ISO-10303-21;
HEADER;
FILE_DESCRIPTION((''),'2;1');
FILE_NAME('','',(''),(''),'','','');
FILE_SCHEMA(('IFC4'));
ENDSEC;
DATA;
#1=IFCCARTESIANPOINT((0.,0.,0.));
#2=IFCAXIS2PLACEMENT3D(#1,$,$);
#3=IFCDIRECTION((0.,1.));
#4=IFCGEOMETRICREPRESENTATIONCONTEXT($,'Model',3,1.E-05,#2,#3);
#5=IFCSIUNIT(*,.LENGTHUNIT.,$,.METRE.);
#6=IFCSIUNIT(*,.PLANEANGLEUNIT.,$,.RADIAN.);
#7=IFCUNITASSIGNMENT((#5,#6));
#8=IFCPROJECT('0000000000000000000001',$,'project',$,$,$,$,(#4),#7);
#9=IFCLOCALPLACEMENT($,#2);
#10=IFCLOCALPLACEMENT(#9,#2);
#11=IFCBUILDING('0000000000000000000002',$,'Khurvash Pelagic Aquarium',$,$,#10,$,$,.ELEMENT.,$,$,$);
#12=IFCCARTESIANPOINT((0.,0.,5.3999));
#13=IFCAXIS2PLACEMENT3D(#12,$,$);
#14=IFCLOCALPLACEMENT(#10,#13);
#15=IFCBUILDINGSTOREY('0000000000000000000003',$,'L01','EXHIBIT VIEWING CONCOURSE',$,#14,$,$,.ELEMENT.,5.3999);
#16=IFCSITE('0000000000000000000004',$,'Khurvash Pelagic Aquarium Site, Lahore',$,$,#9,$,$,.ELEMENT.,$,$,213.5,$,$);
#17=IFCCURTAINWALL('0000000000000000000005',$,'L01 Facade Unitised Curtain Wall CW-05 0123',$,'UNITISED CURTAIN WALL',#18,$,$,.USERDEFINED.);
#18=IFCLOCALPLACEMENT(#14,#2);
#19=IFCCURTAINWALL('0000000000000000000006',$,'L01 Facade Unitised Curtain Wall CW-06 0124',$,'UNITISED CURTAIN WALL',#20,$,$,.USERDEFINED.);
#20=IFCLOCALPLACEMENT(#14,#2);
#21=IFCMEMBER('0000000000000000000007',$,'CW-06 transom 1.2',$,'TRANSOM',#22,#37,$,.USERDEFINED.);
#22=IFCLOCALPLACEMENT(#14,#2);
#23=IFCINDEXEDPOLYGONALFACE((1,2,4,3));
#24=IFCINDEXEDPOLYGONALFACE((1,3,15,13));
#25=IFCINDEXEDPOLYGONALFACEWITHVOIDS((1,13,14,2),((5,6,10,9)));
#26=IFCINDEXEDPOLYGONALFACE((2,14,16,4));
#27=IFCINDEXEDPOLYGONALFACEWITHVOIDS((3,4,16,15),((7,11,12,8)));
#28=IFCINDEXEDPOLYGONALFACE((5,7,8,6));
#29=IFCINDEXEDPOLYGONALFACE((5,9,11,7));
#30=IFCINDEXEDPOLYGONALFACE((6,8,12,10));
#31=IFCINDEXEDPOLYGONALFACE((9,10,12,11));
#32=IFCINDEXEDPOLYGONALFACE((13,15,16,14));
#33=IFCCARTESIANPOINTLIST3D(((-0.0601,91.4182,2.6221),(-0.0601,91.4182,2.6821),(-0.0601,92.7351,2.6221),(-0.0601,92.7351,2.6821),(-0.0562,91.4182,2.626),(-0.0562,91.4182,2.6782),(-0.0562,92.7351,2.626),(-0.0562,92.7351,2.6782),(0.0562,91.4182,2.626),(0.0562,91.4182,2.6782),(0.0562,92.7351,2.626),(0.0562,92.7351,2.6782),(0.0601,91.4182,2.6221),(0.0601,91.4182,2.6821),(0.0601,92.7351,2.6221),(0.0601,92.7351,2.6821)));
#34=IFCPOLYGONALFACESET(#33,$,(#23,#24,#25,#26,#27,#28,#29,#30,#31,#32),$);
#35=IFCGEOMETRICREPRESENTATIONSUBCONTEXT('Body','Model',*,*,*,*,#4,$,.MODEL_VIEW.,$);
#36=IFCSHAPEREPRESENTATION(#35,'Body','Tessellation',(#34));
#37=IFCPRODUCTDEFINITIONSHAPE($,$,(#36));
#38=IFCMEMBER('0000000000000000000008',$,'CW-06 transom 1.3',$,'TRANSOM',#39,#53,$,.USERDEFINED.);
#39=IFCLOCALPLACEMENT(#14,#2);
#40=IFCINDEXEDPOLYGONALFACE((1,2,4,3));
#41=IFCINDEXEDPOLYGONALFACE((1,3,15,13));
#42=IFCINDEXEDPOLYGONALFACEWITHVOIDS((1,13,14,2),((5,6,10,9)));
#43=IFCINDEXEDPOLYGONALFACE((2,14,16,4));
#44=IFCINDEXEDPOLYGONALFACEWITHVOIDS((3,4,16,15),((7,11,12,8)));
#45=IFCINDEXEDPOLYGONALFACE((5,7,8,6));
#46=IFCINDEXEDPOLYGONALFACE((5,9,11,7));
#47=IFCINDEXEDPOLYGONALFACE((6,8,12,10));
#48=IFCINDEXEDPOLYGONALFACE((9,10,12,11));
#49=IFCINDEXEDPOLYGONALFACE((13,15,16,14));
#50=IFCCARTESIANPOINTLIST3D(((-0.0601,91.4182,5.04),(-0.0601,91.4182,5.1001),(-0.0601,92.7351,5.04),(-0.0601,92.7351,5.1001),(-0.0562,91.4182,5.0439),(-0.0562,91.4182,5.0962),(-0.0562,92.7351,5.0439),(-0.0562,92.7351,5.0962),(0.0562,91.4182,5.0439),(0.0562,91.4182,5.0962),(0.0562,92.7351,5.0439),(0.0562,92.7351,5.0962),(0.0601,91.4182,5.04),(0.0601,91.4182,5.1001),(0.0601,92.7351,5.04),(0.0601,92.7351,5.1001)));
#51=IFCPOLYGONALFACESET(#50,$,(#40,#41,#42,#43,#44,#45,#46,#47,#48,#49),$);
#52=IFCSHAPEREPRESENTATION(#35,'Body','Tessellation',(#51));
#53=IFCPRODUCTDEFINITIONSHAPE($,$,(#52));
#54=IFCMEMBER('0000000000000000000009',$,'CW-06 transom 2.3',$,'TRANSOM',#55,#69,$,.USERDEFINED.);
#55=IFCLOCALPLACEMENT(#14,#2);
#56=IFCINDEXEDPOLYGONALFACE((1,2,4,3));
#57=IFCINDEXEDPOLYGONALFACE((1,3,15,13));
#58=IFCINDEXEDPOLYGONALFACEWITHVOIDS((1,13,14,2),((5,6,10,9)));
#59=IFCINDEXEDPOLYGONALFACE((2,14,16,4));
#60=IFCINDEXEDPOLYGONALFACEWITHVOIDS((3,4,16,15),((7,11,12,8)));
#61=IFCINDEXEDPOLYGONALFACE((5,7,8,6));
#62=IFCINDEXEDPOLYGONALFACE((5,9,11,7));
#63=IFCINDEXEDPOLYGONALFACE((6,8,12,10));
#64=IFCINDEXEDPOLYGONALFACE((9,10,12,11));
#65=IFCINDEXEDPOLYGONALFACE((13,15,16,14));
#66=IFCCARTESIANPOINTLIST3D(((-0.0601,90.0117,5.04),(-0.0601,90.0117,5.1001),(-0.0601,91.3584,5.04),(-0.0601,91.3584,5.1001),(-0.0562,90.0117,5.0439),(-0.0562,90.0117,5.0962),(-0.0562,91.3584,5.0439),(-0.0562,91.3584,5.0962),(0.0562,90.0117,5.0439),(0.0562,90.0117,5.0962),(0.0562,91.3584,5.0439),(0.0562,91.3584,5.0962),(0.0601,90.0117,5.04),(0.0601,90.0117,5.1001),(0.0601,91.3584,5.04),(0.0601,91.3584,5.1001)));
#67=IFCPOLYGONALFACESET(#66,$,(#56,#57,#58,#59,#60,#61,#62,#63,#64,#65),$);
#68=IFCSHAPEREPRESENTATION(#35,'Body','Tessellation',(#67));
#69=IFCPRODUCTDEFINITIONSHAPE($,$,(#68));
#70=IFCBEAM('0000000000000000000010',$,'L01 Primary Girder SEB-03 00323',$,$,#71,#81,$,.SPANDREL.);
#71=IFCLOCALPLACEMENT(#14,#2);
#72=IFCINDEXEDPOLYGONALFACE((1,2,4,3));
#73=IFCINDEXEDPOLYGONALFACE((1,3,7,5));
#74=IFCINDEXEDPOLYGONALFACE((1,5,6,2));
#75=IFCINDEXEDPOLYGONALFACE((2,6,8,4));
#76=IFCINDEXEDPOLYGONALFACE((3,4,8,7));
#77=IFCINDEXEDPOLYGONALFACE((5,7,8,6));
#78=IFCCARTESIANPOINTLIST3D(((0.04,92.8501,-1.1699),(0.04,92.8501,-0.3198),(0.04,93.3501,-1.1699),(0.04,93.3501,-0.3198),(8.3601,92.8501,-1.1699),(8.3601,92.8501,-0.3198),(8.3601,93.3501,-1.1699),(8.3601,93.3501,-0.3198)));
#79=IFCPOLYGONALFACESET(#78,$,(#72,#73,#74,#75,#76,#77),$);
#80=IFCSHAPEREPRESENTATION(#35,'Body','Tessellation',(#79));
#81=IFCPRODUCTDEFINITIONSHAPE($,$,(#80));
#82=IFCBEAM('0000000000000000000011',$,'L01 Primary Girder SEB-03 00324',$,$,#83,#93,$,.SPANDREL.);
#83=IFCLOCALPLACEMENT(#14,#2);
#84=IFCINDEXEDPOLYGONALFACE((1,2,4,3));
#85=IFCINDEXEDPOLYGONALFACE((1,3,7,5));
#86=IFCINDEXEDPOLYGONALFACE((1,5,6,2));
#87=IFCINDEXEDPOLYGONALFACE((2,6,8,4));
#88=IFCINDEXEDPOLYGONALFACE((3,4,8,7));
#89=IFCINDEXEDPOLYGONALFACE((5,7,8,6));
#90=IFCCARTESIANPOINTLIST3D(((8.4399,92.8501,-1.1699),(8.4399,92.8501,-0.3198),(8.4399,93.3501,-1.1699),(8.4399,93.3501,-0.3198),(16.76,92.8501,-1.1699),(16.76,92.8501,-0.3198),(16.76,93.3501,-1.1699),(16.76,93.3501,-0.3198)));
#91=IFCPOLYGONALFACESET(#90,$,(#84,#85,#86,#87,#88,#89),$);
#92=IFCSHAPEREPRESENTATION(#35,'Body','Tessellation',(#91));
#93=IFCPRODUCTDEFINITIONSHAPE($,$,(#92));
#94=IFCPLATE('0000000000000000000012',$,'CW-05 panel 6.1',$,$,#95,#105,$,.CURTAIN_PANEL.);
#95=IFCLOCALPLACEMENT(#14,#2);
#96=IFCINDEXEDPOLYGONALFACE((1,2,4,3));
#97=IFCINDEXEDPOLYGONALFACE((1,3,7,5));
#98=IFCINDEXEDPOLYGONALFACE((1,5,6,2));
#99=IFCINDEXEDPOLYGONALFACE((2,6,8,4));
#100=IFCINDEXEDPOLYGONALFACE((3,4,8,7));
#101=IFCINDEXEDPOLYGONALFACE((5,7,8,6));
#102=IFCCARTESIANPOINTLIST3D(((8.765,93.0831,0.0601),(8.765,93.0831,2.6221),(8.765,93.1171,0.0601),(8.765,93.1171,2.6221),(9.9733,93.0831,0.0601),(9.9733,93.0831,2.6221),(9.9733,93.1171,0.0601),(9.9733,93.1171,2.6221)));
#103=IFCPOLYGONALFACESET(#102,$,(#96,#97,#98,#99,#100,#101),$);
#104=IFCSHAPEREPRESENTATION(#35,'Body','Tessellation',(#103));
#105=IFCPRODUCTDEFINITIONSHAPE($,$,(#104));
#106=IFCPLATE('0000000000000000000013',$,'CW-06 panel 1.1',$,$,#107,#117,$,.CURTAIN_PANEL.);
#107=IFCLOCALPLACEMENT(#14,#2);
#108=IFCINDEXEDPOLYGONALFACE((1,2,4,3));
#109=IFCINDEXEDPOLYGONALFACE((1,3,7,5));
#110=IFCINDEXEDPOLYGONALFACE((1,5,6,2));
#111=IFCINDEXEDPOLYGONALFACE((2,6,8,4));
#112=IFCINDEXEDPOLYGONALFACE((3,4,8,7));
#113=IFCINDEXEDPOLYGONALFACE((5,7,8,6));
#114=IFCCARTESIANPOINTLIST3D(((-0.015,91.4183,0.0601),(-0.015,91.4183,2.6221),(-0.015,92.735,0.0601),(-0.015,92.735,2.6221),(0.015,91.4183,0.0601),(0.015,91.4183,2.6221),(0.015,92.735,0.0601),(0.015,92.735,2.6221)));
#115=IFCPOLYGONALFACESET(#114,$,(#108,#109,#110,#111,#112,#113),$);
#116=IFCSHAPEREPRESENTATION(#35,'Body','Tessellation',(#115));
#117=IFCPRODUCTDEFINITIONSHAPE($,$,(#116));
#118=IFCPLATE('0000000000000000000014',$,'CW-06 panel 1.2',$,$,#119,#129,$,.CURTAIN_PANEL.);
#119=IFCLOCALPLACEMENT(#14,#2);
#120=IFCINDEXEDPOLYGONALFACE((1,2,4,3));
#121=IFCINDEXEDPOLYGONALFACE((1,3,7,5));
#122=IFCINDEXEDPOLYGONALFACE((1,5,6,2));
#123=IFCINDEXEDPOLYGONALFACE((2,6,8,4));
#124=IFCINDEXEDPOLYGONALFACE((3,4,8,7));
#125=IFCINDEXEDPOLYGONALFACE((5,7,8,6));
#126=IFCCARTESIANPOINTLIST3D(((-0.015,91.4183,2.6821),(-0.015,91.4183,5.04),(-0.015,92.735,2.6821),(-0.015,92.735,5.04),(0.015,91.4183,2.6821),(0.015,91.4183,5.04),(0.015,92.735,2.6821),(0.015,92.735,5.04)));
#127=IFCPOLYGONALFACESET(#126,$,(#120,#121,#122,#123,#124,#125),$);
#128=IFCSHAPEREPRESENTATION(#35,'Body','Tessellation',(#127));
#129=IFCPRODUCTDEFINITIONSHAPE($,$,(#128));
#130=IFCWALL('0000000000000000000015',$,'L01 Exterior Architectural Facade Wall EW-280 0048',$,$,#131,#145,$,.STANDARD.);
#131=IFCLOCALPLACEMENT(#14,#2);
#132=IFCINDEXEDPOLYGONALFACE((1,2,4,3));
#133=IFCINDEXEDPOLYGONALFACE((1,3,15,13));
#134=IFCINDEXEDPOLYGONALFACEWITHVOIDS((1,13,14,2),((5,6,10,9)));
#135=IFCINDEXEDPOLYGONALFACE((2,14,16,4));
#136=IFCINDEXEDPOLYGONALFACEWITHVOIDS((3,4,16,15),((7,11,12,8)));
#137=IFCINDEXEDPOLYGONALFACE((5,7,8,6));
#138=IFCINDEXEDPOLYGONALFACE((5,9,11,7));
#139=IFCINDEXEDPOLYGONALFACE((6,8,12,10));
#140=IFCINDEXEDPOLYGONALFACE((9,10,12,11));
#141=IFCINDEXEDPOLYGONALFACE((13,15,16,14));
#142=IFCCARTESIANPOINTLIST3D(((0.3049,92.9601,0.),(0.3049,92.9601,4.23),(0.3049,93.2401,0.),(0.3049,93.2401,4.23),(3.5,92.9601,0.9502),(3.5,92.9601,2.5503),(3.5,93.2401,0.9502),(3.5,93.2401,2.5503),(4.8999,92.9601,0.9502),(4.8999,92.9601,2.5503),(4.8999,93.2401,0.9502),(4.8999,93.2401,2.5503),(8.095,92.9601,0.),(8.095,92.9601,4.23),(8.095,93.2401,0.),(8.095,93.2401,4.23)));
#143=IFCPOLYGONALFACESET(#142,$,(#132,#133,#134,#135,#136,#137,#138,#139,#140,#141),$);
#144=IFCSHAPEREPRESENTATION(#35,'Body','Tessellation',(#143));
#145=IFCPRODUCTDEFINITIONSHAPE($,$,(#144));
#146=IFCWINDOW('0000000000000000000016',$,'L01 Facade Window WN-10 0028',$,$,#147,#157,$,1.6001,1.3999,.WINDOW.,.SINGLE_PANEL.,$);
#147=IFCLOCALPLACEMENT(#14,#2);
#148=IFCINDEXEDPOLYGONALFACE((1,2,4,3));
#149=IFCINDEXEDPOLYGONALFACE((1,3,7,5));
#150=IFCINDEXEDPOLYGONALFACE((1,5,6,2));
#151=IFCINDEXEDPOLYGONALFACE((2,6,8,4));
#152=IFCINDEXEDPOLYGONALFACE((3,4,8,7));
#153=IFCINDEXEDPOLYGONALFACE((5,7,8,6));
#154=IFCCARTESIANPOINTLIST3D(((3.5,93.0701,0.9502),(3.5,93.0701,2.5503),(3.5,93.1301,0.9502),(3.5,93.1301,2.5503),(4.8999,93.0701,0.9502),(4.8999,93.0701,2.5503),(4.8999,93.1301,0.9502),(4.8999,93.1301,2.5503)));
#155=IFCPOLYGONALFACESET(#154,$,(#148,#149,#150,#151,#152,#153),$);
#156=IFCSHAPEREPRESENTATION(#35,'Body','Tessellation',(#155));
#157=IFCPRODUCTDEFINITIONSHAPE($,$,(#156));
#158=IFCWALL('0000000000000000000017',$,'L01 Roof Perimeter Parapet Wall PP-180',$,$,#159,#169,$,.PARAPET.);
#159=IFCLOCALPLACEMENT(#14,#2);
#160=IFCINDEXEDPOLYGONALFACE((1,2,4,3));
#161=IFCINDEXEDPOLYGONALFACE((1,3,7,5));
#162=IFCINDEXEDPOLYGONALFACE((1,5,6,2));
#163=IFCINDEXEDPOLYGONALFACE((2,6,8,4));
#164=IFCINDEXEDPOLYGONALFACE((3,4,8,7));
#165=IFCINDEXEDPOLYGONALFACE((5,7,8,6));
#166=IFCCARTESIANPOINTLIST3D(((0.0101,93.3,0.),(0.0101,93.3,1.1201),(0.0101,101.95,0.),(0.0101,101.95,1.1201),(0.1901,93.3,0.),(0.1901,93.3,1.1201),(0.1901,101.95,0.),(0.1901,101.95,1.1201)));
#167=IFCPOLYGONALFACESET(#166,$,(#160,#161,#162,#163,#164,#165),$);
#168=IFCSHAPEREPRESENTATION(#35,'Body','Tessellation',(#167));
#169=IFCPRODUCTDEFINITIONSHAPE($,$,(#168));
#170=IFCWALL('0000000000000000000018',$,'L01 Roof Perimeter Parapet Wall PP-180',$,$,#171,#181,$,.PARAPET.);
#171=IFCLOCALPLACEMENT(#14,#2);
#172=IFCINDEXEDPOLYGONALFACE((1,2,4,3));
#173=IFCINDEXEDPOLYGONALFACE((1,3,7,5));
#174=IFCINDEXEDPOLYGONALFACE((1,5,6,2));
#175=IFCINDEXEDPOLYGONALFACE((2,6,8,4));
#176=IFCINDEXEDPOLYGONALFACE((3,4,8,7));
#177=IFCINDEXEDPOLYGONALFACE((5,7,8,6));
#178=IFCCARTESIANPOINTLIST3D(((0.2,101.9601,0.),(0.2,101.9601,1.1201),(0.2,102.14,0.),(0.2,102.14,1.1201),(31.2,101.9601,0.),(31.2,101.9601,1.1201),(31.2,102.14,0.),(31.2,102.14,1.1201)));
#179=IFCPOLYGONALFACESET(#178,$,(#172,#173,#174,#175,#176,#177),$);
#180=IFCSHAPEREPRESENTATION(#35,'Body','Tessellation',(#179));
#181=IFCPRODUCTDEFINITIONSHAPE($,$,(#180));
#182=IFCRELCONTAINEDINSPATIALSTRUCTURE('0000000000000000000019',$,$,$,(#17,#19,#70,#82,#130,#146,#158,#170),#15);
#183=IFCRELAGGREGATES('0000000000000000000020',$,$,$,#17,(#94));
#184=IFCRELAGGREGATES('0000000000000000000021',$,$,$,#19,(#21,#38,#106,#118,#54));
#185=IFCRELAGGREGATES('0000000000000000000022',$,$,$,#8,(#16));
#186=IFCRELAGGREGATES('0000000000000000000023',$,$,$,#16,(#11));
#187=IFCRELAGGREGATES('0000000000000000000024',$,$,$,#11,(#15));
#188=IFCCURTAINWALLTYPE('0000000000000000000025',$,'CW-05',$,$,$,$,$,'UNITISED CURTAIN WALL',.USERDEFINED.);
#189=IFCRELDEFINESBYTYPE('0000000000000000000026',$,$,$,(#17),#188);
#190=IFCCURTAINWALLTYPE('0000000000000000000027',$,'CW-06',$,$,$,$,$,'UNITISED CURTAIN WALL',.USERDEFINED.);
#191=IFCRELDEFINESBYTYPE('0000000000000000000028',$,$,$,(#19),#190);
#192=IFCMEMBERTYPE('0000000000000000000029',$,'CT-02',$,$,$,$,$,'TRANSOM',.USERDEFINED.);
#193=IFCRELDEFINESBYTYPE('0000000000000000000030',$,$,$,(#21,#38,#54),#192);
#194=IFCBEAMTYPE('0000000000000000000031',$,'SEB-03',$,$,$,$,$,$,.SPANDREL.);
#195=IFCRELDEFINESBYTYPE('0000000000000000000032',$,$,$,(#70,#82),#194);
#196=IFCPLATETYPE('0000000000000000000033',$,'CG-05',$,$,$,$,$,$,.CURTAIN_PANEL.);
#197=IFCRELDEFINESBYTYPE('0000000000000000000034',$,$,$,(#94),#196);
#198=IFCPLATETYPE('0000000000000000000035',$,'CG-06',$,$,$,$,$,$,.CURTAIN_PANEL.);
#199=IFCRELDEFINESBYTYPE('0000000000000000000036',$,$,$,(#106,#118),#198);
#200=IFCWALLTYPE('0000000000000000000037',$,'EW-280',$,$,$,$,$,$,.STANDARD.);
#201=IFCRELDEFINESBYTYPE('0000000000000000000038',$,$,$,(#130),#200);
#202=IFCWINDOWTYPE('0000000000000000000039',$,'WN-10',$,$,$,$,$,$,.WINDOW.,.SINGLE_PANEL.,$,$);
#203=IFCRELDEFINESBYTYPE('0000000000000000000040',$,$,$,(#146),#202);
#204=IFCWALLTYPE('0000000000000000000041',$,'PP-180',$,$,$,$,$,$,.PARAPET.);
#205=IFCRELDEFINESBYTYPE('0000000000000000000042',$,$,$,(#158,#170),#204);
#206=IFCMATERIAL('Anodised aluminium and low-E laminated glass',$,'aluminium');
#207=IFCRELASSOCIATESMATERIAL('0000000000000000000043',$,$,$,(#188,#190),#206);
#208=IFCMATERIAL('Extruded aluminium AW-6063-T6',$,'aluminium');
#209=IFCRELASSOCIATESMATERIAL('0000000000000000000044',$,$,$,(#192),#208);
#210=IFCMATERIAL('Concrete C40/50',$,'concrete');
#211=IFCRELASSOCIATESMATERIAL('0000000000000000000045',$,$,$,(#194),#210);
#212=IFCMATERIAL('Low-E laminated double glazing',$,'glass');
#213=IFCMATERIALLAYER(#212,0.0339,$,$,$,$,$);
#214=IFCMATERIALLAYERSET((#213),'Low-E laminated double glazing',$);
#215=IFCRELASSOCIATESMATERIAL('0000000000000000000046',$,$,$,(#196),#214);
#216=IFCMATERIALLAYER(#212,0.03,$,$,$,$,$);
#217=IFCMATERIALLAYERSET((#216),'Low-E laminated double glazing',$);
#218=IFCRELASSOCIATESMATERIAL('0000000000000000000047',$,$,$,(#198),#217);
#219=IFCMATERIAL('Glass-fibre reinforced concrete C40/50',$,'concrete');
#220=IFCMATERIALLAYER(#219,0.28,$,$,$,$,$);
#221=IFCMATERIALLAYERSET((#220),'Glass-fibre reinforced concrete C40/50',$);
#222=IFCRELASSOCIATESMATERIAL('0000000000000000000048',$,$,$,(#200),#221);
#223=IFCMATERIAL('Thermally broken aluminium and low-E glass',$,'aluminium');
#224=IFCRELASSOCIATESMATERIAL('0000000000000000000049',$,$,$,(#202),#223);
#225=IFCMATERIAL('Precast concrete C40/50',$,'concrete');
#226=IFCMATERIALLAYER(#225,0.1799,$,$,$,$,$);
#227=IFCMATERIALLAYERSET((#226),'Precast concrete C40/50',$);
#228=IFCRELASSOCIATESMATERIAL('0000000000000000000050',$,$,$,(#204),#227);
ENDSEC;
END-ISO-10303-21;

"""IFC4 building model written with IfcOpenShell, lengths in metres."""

from ifc_helpers import new_model, si_unit, direction, frame, frame_2d, origin, origin_2d, place, context, subcontext, project, spatial, rectangle, hollow_rectangle, extrude, material, layer, layer_set, material_profile, profile_set, type_object, element, fill, aggregate, save


model = new_model("IFC4")

# Units and contexts
model_context = context("Model", 3, precision=1e-05, world=origin(), true_north=direction((0.0, 1.0)))
body_context = subcontext(model_context, "Body", "Model", "MODEL_VIEW")
ifc_project = project(units=[si_unit("LENGTHUNIT", "METRE"), si_unit("PLANEANGLEUNIT", "RADIAN")], contexts=[model_context])

# Site, building, storey
site_placement = place(None, origin())
site = spatial("IfcSite", under=ifc_project, at=site_placement, Name="Khurvash Pelagic Aquarium Site, Lahore", CompositionType="ELEMENT", RefElevation=213.5)
building_placement = place(site_placement, origin())
building = spatial("IfcBuilding", under=site, at=building_placement, Name="Khurvash Pelagic Aquarium", CompositionType="ELEMENT")
storey_placement = place(building_placement, frame((0.0, 0.0, 5.3999)))
storey = spatial("IfcBuildingStorey", under=building, at=storey_placement, Name="L01", Description="EXHIBIT VIEWING CONCOURSE", CompositionType="ELEMENT", Elevation=5.3999)

# Shared definitions
ifc_material_1 = material(Name="Concrete C40/50", Category="concrete")

# Curtain wall
ifc_material_2 = material(Name="Anodised aluminium and low-E laminated glass", Category="aluminium")
curtain_wall_type_1 = type_object("IfcCurtainWallType", Name="CW-05", ElementType="UNITISED CURTAIN WALL", PredefinedType="USERDEFINED", material=ifc_material_2)
curtain_wall_1_placement = place(storey_placement, origin())
curtain_wall_1 = element("IfcCurtainWall", 1, at=curtain_wall_1_placement, inside=storey, type_object=curtain_wall_type_1, Name="L01 Facade Unitised Curtain Wall CW-05 0123", ObjectType="UNITISED CURTAIN WALL", PredefinedType="USERDEFINED")
ifc_material_3 = material(Name="Extruded aluminium AW-6063-T6", Category="aluminium")

# Curtain wall, members
curtain_wall_type_2 = type_object("IfcCurtainWallType", Name="CW-06", ElementType="UNITISED CURTAIN WALL", PredefinedType="USERDEFINED", material=ifc_material_2)
curtain_wall_2_placement = place(storey_placement, origin())
curtain_wall_2 = element("IfcCurtainWall", 2, at=curtain_wall_2_placement, inside=storey, type_object=curtain_wall_type_2, Name="L01 Facade Unitised Curtain Wall CW-06 0124", ObjectType="UNITISED CURTAIN WALL", PredefinedType="USERDEFINED")
ifc_material_profile_1 = material_profile(ifc_material_3, hollow_rectangle(XDim=0.1201, YDim=0.0601, WallThickness=0.0039, at=origin_2d()), Name="CWT120X60X4")
ifc_profile_set_1 = profile_set([ifc_material_profile_1], Name="Extruded aluminium AW-6063-T6")
member_type_1 = type_object("IfcMemberType", Name="CT-02", ElementType="TRANSOM", PredefinedType="USERDEFINED", material=ifc_profile_set_1)
member_1_placement = place(storey_placement, frame((0.0, 92.7351, 2.6521), z_axis=(0.0, -1.0, 0.0), x_axis=(1.0, 0.0, 0.0)))
member_1 = element("IfcMember", 3, at=member_1_placement, type_object=member_type_1, Name="CW-06 transom 1.2", ObjectType="TRANSOM", PredefinedType="USERDEFINED", context=body_context, shape_type="SweptSolid", body=[
    extrude(hollow_rectangle(XDim=0.1201, YDim=0.0601, WallThickness=0.0039, at=origin_2d()), origin(), (0.0, 0.0, 1.0), 1.3169),
])
member_2_placement = place(storey_placement, frame((0.0, 92.7351, 5.0701), z_axis=(0.0, -1.0, 0.0), x_axis=(1.0, 0.0, 0.0)))
member_2 = element("IfcMember", 4, at=member_2_placement, type_object=member_type_1, Name="CW-06 transom 1.3", ObjectType="TRANSOM", PredefinedType="USERDEFINED", context=body_context, shape_type="SweptSolid", body=[
    extrude(hollow_rectangle(XDim=0.1201, YDim=0.0601, WallThickness=0.0039, at=origin_2d()), origin(), (0.0, 0.0, 1.0), 1.3169),
])
member_3_placement = place(storey_placement, frame((0.0, 91.3584, 5.0701), z_axis=(0.0, -1.0, 0.0), x_axis=(1.0, 0.0, 0.0)))
member_3 = element("IfcMember", 5, at=member_3_placement, type_object=member_type_1, Name="CW-06 transom 2.3", ObjectType="TRANSOM", PredefinedType="USERDEFINED", context=body_context, shape_type="SweptSolid", body=[
    extrude(hollow_rectangle(XDim=0.1201, YDim=0.0601, WallThickness=0.0039, at=origin_2d()), origin(), (0.0, 0.0, 1.0), 1.3467),
])

# Beams
ifc_material_profile_2 = material_profile(ifc_material_1, rectangle(XDim=0.5, YDim=0.8501, at=origin_2d()), Name="RC500X850")
ifc_profile_set_2 = profile_set([ifc_material_profile_2], Name="Concrete C40/50")
beam_type_1 = type_object("IfcBeamType", Name="SEB-03", PredefinedType="SPANDREL", material=ifc_profile_set_2)
for number, where, z_axis, x_axis, name in (
    (6, (0.04, 93.1001, -0.7449), (1.0, 0.0, 0.0), (0.0, 1.0, 0.0), "L01 Primary Girder SEB-03 00323"),
    (7, (8.4399, 93.1001, -0.7449), (1.0, 0.0, 0.0), (0.0, 1.0, 0.0), "L01 Primary Girder SEB-03 00324"),
):
    element("IfcBeam", number, at=place(storey_placement, frame(where, z_axis=z_axis, x_axis=x_axis)), inside=storey, type_object=beam_type_1, Name=name, PredefinedType="SPANDREL", context=body_context, shape_type="SweptSolid", body=[
        extrude(rectangle(XDim=0.5, YDim=0.8501, at=origin_2d()), origin(), (0.0, 0.0, 1.0), 8.3201),
    ])

# Plates
ifc_material_4 = material(Name="Low-E laminated double glazing", Category="glass")
ifc_layer_1 = layer(ifc_material_4, 0.0339)
ifc_layer_set_1 = layer_set([ifc_layer_1], Name="Low-E laminated double glazing")
plate_type_1 = type_object("IfcPlateType", Name="CG-05", PredefinedType="CURTAIN_PANEL", material=ifc_layer_set_1)
plate_1_placement = place(storey_placement, frame((9.3691, 93.1001, 0.0601), z_axis=(0.0, 0.0, 1.0), x_axis=(-1.0, 0.0, 0.0)))
plate_1 = element("IfcPlate", 8, at=plate_1_placement, type_object=plate_type_1, Name="CW-05 panel 6.1", PredefinedType="CURTAIN_PANEL", context=body_context, shape_type="SweptSolid", body=[
    extrude(rectangle(XDim=1.2083, YDim=0.0339, at=origin_2d()), origin(), (0.0, 0.0, 1.0), 2.562),
])
aggregate(curtain_wall_1, [plate_1])
ifc_layer_2 = layer(ifc_material_4, 0.03)
ifc_layer_set_2 = layer_set([ifc_layer_2], Name="Low-E laminated double glazing")
plate_type_2 = type_object("IfcPlateType", Name="CG-06", PredefinedType="CURTAIN_PANEL", material=ifc_layer_set_2)
plate_2_placement = place(storey_placement, frame((0.0, 92.0767, 0.0601), z_axis=(0.0, 0.0, 1.0), x_axis=(0.0, -1.0, 0.0)))
plate_2 = element("IfcPlate", 9, at=plate_2_placement, type_object=plate_type_2, Name="CW-06 panel 1.1", PredefinedType="CURTAIN_PANEL", context=body_context, shape_type="SweptSolid", body=[
    extrude(rectangle(XDim=1.3167, YDim=0.03, at=origin_2d()), origin(), (0.0, 0.0, 1.0), 2.562),
])
plate_3_placement = place(storey_placement, frame((0.0, 92.0767, 2.6821), z_axis=(0.0, 0.0, 1.0), x_axis=(0.0, -1.0, 0.0)))
plate_3 = element("IfcPlate", 10, at=plate_3_placement, type_object=plate_type_2, Name="CW-06 panel 1.2", PredefinedType="CURTAIN_PANEL", context=body_context, shape_type="SweptSolid", body=[
    extrude(rectangle(XDim=1.3167, YDim=0.03, at=origin_2d()), origin(), (0.0, 0.0, 1.0), 2.3579),
])
aggregate(curtain_wall_2, [member_1, member_2, plate_2, plate_3, member_3])

# Wall, opening, window
ifc_material_5 = material(Name="Glass-fibre reinforced concrete C40/50", Category="concrete")
ifc_layer_3 = layer(ifc_material_5, 0.28)
ifc_layer_set_3 = layer_set([ifc_layer_3], Name="Glass-fibre reinforced concrete C40/50")
wall_type_1 = type_object("IfcWallType", Name="EW-280", PredefinedType="STANDARD", material=ifc_layer_set_3)
wall_1_placement = place(storey_placement, frame((8.095, 93.1001, 0.0), z_axis=(0.0, 0.0, 1.0), x_axis=(-1.0, 0.0, 0.0)))
wall_1 = element("IfcWall", 11, at=wall_1_placement, inside=storey, type_object=wall_type_1, Name="L01 Exterior Architectural Facade Wall EW-280 0048", PredefinedType="STANDARD", context=body_context, shape_type="SweptSolid", body=[
    extrude(rectangle(XDim=7.79, YDim=0.28, at=frame_2d((3.895, 0.0))), origin(), (0.0, 0.0, 1.0), 4.23),
])
opening_placement = place(wall_1_placement, frame((3.1951, 0.0, 0.9502)))
opening = element("IfcOpeningElement", 12, at=opening_placement, cuts=wall_1, PredefinedType="OPENING", context=body_context, shape_type="SweptSolid", body=[
    extrude(rectangle(XDim=1.3999, YDim=1.6001, at=frame_2d((0.7, 0.8))), frame((0.0, 0.1499, 0.0), z_axis=(0.0, -1.0, 0.0), x_axis=(1.0, 0.0, 0.0)), (0.0, 0.0, 1.0), 0.3),
])
ifc_material_6 = material(Name="Thermally broken aluminium and low-E glass", Category="aluminium")
window_type = type_object("IfcWindowType", Name="WN-10", PartitioningType="SINGLE_PANEL", PredefinedType="WINDOW", material=ifc_material_6)
window_placement = place(opening_placement, origin())
window = element("IfcWindow", 13, at=window_placement, inside=storey, type_object=window_type, Name="L01 Facade Window WN-10 0028", OverallHeight=1.6001, OverallWidth=1.3999, PartitioningType="SINGLE_PANEL", PredefinedType="WINDOW", context=body_context, shape_type="SweptSolid", body=[
    extrude(rectangle(XDim=1.3999, YDim=1.6001, at=frame_2d((0.7, 0.8))), frame((0.0, 0.03, 0.0), z_axis=(0.0, -1.0, 0.0), x_axis=(1.0, 0.0, 0.0)), (0.0, 0.0, 1.0), 0.0601),
])
fill(opening, window)

# Walls
ifc_material_7 = material(Name="Precast concrete C40/50", Category="concrete")
ifc_layer_4 = layer(ifc_material_7, 0.1799)
ifc_layer_set_4 = layer_set([ifc_layer_4], Name="Precast concrete C40/50")
wall_type_2 = type_object("IfcWallType", Name="PP-180", PredefinedType="PARAPET", material=ifc_layer_set_4)
wall_2_placement = place(storey_placement, frame((0.1001, 93.3, 0.0), z_axis=(0.0, 0.0, 1.0), x_axis=(0.0, 1.0, 0.0)))
element("IfcWall", 14, at=wall_2_placement, inside=storey, type_object=wall_type_2, Name="L01 Roof Perimeter Parapet Wall PP-180", PredefinedType="PARAPET", context=body_context, shape_type="SweptSolid", body=[
    extrude(rectangle(XDim=8.6499, YDim=0.1799, at=frame_2d((4.325, 0.0))), origin(), (0.0, 0.0, 1.0), 1.1201),
])
wall_3_placement = place(storey_placement, frame((0.2, 102.05, 0.0), z_axis=(0.0, 0.0, 1.0), x_axis=(1.0, 0.0, 0.0)))
element("IfcWall", 15, at=wall_3_placement, inside=storey, type_object=wall_type_2, Name="L01 Roof Perimeter Parapet Wall PP-180", PredefinedType="PARAPET", context=body_context, shape_type="SweptSolid", body=[
    extrude(rectangle(XDim=31.0, YDim=0.1799, at=frame_2d((15.5, 0.0))), origin(), (0.0, 0.0, 1.0), 1.1201),
])

save(model, "model.ifc")
